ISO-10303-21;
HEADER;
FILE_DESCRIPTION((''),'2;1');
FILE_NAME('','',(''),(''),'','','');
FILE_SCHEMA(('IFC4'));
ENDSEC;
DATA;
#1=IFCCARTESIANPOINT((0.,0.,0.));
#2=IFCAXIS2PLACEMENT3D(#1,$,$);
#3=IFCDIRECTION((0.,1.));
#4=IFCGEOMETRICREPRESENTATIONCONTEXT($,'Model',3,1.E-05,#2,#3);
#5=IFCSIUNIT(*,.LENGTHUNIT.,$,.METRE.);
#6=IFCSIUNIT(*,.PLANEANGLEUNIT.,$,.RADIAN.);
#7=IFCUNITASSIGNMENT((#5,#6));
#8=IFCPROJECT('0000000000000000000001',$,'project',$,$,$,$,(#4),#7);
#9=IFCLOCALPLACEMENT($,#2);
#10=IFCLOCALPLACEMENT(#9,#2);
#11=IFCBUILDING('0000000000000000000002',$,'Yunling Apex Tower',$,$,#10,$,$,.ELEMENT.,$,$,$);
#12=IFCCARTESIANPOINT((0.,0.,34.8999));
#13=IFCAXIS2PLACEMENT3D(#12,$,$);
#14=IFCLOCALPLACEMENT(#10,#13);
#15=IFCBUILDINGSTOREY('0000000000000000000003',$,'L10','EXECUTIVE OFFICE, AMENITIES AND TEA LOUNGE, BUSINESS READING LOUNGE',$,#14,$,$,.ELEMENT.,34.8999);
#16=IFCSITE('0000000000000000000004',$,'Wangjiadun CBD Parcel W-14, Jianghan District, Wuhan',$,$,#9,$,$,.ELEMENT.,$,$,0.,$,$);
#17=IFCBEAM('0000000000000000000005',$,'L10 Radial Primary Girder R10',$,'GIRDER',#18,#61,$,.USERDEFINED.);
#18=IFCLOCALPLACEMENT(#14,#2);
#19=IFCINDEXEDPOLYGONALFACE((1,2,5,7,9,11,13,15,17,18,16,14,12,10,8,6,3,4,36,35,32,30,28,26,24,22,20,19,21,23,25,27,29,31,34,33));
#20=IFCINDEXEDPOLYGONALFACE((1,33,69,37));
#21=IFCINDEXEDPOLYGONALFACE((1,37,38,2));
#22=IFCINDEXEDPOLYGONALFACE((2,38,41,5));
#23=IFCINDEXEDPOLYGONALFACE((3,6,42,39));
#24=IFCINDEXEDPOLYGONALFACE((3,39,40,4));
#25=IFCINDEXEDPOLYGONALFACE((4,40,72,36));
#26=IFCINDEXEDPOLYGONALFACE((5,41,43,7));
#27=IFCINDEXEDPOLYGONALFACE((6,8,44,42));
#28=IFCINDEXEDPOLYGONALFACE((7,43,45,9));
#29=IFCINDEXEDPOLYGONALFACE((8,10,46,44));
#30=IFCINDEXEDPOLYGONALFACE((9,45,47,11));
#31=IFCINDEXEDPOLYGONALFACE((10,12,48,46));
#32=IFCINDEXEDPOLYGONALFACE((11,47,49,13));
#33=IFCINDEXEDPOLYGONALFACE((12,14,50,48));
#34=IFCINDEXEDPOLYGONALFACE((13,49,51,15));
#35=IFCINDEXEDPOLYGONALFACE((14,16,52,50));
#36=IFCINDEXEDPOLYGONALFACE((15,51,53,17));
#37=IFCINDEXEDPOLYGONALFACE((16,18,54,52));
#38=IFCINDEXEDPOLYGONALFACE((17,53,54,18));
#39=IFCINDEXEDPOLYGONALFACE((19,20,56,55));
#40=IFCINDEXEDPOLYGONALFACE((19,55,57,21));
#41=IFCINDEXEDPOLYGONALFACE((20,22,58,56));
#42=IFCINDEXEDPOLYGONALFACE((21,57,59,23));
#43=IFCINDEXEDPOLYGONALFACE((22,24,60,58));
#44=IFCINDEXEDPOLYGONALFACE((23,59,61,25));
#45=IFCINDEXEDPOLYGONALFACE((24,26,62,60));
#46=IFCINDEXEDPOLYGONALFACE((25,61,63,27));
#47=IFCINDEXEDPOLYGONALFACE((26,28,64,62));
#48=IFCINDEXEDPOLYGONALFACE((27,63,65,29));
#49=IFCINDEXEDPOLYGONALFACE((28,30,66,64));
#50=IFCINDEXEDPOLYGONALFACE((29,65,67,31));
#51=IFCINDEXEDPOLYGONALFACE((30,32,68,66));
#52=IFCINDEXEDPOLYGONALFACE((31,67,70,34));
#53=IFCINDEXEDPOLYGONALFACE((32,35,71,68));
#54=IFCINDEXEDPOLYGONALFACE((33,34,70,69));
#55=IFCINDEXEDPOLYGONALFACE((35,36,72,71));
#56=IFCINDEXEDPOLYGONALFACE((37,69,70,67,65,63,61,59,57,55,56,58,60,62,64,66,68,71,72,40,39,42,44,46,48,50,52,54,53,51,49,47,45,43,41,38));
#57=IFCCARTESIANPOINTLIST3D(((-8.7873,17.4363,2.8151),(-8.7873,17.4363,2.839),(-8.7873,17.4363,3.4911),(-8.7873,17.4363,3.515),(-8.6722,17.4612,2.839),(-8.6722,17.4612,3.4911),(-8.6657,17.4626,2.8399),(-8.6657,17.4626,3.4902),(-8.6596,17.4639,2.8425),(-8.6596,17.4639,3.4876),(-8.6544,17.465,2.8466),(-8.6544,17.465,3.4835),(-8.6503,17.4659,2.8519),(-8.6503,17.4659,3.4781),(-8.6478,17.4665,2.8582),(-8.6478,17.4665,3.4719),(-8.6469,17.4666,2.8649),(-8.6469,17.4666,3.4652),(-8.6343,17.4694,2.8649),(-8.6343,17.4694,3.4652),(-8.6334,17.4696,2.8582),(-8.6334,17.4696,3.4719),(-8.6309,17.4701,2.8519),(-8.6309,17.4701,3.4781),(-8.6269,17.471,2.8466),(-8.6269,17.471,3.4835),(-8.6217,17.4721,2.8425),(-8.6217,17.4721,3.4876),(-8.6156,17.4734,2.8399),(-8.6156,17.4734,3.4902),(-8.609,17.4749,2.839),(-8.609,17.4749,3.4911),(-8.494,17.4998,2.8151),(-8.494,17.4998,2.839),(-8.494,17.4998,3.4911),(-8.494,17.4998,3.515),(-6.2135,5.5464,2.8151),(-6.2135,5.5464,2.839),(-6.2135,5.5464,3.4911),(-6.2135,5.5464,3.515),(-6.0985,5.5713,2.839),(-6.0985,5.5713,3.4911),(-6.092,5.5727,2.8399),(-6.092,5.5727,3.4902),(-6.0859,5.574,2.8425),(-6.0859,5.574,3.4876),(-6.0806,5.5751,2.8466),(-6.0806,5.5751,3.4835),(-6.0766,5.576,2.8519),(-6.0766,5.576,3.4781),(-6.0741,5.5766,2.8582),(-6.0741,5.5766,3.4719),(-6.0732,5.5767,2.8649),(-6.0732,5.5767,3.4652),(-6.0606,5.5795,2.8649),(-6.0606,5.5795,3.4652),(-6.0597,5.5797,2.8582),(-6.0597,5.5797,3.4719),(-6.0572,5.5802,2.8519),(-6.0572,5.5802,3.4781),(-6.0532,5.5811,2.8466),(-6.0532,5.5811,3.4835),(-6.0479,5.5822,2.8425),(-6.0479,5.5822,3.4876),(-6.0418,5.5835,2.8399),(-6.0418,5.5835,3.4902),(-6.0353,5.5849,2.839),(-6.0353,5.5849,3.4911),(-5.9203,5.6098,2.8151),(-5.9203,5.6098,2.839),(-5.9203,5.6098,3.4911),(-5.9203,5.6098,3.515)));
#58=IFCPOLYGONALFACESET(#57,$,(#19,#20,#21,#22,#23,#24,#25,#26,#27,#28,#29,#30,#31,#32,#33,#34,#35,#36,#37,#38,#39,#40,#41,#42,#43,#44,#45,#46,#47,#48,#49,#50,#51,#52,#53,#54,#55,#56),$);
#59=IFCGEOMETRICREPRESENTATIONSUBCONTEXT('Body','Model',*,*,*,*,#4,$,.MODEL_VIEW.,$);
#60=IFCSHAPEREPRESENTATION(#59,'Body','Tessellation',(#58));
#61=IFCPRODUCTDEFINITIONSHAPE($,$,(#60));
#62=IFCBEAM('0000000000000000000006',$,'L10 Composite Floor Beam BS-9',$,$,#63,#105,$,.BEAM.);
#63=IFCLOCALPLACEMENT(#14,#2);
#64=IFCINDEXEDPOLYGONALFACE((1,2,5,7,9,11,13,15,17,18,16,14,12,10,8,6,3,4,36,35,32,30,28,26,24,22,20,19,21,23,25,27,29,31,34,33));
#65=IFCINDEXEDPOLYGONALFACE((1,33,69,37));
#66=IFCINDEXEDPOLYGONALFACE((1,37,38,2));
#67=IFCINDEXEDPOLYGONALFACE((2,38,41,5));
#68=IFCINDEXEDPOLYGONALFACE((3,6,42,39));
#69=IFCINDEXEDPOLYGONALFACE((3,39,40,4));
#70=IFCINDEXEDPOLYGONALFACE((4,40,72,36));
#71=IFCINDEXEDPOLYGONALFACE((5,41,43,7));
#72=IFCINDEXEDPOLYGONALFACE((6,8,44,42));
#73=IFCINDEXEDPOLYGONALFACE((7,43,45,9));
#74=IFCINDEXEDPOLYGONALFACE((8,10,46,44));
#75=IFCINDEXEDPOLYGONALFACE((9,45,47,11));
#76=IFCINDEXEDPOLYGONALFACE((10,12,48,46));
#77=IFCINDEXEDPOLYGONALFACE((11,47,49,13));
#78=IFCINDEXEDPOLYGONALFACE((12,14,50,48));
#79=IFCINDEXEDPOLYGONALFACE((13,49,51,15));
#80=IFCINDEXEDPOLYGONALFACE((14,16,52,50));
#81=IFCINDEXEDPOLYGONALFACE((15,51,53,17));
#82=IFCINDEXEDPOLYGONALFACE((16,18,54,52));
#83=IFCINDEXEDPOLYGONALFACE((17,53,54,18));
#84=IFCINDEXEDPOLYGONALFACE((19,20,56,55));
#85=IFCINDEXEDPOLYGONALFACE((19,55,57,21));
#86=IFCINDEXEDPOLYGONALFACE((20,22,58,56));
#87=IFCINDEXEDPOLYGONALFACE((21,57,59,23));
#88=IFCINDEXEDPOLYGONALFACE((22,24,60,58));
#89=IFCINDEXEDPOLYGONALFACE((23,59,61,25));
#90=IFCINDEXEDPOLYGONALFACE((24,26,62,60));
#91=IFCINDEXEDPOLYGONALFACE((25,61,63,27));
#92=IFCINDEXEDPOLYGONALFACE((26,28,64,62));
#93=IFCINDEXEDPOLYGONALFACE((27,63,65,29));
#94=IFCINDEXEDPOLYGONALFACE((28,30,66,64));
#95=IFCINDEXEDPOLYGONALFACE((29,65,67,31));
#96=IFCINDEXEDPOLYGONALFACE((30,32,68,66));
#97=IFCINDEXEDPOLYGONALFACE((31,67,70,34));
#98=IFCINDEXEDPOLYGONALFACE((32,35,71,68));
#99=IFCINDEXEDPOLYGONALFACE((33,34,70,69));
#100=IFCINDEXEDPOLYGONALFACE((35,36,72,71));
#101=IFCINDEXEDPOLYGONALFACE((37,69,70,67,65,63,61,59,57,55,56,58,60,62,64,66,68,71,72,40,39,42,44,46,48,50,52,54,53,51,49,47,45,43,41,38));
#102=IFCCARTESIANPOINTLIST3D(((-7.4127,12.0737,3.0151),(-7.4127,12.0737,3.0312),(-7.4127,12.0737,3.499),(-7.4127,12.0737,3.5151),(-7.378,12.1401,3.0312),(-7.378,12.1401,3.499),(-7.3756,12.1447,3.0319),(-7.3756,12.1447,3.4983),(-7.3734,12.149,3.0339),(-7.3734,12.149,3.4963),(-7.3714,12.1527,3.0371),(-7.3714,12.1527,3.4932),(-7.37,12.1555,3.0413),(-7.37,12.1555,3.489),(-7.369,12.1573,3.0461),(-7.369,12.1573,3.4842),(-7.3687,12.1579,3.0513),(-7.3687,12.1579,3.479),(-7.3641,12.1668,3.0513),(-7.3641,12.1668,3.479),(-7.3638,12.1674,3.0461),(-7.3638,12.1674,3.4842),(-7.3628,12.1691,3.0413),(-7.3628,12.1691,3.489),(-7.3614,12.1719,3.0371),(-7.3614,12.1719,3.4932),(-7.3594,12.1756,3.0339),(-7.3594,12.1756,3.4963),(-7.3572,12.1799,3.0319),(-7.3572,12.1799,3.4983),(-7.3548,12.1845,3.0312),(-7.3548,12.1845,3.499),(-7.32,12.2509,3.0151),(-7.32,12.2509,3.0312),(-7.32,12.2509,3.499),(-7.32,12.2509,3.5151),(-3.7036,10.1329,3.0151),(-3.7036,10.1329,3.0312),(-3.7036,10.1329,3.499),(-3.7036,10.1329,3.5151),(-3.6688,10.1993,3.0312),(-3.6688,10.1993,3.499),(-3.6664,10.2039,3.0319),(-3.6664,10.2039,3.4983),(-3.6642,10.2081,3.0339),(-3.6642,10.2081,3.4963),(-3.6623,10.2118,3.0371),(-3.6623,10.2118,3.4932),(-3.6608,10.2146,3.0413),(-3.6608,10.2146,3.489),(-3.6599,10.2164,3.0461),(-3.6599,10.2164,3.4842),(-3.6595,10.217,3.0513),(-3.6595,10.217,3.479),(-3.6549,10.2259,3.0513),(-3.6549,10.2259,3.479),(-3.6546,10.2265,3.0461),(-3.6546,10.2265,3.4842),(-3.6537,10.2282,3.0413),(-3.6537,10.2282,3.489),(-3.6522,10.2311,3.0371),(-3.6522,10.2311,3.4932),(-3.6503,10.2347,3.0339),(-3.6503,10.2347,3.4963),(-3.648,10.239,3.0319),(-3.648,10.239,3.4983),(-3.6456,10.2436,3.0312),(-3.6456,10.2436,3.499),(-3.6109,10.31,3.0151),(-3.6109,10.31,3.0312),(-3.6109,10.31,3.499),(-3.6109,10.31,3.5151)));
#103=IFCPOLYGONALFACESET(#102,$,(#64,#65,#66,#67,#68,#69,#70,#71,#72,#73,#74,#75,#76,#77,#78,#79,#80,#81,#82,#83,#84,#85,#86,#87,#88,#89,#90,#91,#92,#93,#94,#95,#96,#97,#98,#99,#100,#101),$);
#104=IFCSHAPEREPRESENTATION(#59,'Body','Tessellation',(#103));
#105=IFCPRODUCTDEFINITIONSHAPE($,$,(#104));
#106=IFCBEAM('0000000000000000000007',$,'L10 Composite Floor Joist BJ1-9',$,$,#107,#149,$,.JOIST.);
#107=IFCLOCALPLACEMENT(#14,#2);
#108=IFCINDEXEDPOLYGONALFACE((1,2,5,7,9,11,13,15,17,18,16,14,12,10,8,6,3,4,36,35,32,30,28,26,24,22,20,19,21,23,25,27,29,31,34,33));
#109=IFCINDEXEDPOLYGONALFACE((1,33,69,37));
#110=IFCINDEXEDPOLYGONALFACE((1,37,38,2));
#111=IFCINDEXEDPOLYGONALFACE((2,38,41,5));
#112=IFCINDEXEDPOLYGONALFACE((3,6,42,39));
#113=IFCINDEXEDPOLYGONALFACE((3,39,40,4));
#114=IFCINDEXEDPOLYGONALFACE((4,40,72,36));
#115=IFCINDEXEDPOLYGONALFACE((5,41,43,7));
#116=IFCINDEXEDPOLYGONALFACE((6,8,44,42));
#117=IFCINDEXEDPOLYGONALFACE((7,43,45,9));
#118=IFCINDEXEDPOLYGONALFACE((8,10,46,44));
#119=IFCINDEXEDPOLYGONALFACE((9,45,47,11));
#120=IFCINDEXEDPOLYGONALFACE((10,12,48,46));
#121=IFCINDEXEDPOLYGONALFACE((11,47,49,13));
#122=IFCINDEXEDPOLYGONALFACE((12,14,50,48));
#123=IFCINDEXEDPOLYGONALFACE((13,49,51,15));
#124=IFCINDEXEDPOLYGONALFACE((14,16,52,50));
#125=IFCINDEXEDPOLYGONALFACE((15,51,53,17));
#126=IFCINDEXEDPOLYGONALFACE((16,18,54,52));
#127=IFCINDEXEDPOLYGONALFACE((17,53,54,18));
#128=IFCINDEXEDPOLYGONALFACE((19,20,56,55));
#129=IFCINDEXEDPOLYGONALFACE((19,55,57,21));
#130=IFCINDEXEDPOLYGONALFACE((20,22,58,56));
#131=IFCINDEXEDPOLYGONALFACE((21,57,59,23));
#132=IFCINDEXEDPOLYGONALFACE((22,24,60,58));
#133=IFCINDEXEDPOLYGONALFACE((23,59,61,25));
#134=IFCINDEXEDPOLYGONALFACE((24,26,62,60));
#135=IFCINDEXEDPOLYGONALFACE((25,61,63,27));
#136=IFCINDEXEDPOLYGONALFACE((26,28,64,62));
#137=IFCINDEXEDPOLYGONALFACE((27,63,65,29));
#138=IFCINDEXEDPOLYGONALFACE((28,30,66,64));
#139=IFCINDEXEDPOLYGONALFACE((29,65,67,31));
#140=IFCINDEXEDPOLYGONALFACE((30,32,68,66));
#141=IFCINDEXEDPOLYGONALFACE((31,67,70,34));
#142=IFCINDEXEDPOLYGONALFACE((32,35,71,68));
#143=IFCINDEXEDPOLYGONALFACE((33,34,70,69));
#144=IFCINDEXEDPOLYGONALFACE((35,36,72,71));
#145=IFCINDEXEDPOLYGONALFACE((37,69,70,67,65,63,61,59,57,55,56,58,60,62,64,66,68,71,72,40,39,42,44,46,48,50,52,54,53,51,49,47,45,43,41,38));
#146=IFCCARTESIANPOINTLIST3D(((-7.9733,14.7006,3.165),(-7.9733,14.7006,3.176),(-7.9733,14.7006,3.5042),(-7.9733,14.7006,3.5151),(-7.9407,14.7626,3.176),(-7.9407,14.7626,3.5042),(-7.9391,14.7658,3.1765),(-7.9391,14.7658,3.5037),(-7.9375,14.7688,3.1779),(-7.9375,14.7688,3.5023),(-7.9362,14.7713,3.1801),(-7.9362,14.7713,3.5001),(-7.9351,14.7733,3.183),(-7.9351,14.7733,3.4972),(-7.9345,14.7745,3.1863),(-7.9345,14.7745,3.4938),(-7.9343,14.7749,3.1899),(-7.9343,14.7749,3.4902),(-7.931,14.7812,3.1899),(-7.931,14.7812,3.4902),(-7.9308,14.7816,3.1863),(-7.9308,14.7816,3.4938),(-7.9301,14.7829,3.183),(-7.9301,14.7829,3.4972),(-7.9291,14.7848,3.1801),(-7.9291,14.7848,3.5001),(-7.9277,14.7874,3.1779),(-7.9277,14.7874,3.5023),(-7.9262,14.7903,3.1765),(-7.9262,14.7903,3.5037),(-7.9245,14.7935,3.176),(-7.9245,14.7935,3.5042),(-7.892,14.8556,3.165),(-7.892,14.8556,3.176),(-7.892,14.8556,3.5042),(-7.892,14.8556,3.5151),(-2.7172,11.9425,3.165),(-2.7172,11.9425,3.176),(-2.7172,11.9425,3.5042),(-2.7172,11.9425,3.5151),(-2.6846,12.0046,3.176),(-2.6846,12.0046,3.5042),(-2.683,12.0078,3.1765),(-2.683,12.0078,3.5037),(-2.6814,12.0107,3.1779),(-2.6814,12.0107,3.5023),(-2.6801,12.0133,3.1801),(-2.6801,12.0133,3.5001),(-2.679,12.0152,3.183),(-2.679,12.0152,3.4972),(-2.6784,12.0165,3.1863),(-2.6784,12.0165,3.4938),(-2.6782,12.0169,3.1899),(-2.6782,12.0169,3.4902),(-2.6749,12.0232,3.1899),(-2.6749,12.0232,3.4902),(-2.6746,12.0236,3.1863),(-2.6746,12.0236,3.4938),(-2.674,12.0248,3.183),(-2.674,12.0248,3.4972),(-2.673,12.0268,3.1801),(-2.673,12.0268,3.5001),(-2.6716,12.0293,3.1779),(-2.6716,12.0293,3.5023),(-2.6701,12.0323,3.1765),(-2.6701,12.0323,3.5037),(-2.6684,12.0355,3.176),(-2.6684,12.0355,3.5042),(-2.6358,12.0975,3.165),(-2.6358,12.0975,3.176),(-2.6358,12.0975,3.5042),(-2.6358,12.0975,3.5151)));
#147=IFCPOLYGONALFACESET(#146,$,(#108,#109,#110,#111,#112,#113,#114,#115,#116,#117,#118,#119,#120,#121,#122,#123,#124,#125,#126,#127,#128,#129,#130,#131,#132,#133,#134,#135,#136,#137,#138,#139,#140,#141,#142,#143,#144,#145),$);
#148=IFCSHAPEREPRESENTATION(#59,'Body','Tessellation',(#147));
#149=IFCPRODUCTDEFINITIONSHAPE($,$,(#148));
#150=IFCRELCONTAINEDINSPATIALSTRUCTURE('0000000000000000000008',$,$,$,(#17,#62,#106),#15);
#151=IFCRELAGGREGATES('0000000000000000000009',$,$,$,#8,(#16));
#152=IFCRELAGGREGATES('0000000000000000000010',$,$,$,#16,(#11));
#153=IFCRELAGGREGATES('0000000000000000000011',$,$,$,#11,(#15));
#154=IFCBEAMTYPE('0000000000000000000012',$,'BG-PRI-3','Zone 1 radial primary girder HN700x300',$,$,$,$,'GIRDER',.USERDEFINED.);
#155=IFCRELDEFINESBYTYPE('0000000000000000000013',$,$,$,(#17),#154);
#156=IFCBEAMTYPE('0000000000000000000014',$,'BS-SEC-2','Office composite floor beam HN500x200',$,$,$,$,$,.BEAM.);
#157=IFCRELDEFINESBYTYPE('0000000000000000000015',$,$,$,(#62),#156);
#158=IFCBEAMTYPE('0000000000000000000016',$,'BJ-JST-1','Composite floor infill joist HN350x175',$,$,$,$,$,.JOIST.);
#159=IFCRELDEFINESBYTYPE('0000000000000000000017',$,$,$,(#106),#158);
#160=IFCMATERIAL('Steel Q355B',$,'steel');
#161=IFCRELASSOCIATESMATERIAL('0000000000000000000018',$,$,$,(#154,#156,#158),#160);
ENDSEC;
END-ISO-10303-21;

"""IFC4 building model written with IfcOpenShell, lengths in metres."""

from ifc_helpers import new_model, si_unit, direction, frame, origin, origin_2d, place, context, subcontext, project, spatial, i_section, extrude, source, transform, mapped, material, material_profile, profile_set, type_object, element, save


model = new_model("IFC4")

# Units and contexts
model_context = context("Model", 3, precision=1e-05, world=origin(), true_north=direction((0.0, 1.0)))
body_context = subcontext(model_context, "Body", "Model", "MODEL_VIEW")
ifc_project = project(units=[si_unit("LENGTHUNIT", "METRE"), si_unit("PLANEANGLEUNIT", "RADIAN")], contexts=[model_context])

# Site, building, storey
site_placement = place(None, origin())
site = spatial("IfcSite", under=ifc_project, at=site_placement, Name="Wangjiadun CBD Parcel W-14, Jianghan District, Wuhan", CompositionType="ELEMENT", RefElevation=0.0)
building_placement = place(site_placement, origin())
building = spatial("IfcBuilding", under=site, at=building_placement, Name="Yunling Apex Tower", CompositionType="ELEMENT")
storey_placement = place(building_placement, frame((0.0, 0.0, 34.8999)))
storey = spatial("IfcBuildingStorey", under=building, at=storey_placement, Name="L10", Description="EXECUTIVE OFFICE, AMENITIES AND TEA LOUNGE, BUSINESS READING LOUNGE", CompositionType="ELEMENT", Elevation=34.8999)

# Beams
ifc_material_1 = material(Name="Steel Q355B", Category="steel")
ifc_material_profile_1 = material_profile(ifc_material_1, i_section(OverallWidth=0.3, OverallDepth=0.7, WebThickness=0.0129, FlangeThickness=0.0239, FilletRadius=0.0259, at=origin_2d()))
ifc_profile_set_1 = profile_set([ifc_material_profile_1], Name="Steel Q355B")
beam_type_1 = type_object("IfcBeamType", Name="BG-PRI-3", Description="Zone 1 radial primary girder HN700x300", ElementType="GIRDER", PredefinedType="USERDEFINED", material=ifc_profile_set_1)
shared_shape_1 = source(origin(), body_context, "Body", "SweptSolid", [
    extrude(i_section(OverallWidth=0.3, OverallDepth=0.7, WebThickness=0.0129, FlangeThickness=0.0239, FilletRadius=0.0259, at=origin_2d()), origin(), (0.0, 0.0, 1.0), 12.1653),
])
beam_1_placement = place(storey_placement, frame((-8.6406, 17.468, 3.165), z_axis=(0.211564, -0.977364, 0.0), x_axis=(0.977364, 0.211564, 0.0)))
element("IfcBeam", 1, at=beam_1_placement, inside=storey, type_object=beam_type_1, Name="L10 Radial Primary Girder R10", ObjectType="GIRDER", PredefinedType="USERDEFINED", context=body_context, shape_type="MappedRepresentation", body=[
    mapped(shared_shape_1, transform((0.0, 0.0, 0.0), scale=1.0)),
])
ifc_material_profile_2 = material_profile(ifc_material_1, i_section(OverallWidth=0.2, OverallDepth=0.5, WebThickness=0.01, FlangeThickness=0.0161, FilletRadius=0.02, at=origin_2d()))
ifc_profile_set_2 = profile_set([ifc_material_profile_2], Name="Steel Q355B")
beam_type_2 = type_object("IfcBeamType", Name="BS-SEC-2", Description="Office composite floor beam HN500x200", PredefinedType="BEAM", material=ifc_profile_set_2)
shared_shape_2 = source(origin(), body_context, "Body", "SweptSolid", [
    extrude(i_section(OverallWidth=0.2, OverallDepth=0.5, WebThickness=0.01, FlangeThickness=0.0161, FilletRadius=0.02, at=origin_2d()), origin(), (0.0, 0.0, 1.0), 4.1863),
])
beam_2_placement = place(storey_placement, frame((-3.6572, 10.2214, 3.2651), z_axis=(-0.886029, 0.46363, 0.0), x_axis=(-0.46363, -0.886029, 0.0)))
element("IfcBeam", 2, at=beam_2_placement, inside=storey, type_object=beam_type_2, Name="L10 Composite Floor Beam BS-9", PredefinedType="BEAM", context=body_context, shape_type="MappedRepresentation", body=[
    mapped(shared_shape_2, transform((0.0, 0.0, 0.0), scale=1.0)),
])
ifc_material_profile_3 = material_profile(ifc_material_1, i_section(OverallWidth=0.175, OverallDepth=0.3501, WebThickness=0.0071, FlangeThickness=0.011, FilletRadius=0.0139, at=origin_2d()))
ifc_profile_set_3 = profile_set([ifc_material_profile_3], Name="Steel Q355B")
beam_type_3 = type_object("IfcBeamType", Name="BJ-JST-1", Description="Composite floor infill joist HN350x175", PredefinedType="JOIST", material=ifc_profile_set_3)
shared_shape_3 = source(origin(), body_context, "Body", "SweptSolid", [
    extrude(i_section(OverallWidth=0.175, OverallDepth=0.3501, WebThickness=0.0071, FlangeThickness=0.011, FilletRadius=0.0139, at=origin_2d()), origin(), (0.0, 0.0, 1.0), 5.9358),
])
beam_3_placement = place(storey_placement, frame((-2.6765, 12.02, 3.3401), z_axis=(-0.885495, 0.464649, 0.0), x_axis=(-0.464649, -0.885495, 0.0)))
element("IfcBeam", 3, at=beam_3_placement, inside=storey, type_object=beam_type_3, Name="L10 Composite Floor Joist BJ1-9", PredefinedType="JOIST", context=body_context, shape_type="MappedRepresentation", body=[
    mapped(shared_shape_3, transform((0.0, 0.0, 0.0), scale=1.0)),
])

save(model, "model.ifc")
